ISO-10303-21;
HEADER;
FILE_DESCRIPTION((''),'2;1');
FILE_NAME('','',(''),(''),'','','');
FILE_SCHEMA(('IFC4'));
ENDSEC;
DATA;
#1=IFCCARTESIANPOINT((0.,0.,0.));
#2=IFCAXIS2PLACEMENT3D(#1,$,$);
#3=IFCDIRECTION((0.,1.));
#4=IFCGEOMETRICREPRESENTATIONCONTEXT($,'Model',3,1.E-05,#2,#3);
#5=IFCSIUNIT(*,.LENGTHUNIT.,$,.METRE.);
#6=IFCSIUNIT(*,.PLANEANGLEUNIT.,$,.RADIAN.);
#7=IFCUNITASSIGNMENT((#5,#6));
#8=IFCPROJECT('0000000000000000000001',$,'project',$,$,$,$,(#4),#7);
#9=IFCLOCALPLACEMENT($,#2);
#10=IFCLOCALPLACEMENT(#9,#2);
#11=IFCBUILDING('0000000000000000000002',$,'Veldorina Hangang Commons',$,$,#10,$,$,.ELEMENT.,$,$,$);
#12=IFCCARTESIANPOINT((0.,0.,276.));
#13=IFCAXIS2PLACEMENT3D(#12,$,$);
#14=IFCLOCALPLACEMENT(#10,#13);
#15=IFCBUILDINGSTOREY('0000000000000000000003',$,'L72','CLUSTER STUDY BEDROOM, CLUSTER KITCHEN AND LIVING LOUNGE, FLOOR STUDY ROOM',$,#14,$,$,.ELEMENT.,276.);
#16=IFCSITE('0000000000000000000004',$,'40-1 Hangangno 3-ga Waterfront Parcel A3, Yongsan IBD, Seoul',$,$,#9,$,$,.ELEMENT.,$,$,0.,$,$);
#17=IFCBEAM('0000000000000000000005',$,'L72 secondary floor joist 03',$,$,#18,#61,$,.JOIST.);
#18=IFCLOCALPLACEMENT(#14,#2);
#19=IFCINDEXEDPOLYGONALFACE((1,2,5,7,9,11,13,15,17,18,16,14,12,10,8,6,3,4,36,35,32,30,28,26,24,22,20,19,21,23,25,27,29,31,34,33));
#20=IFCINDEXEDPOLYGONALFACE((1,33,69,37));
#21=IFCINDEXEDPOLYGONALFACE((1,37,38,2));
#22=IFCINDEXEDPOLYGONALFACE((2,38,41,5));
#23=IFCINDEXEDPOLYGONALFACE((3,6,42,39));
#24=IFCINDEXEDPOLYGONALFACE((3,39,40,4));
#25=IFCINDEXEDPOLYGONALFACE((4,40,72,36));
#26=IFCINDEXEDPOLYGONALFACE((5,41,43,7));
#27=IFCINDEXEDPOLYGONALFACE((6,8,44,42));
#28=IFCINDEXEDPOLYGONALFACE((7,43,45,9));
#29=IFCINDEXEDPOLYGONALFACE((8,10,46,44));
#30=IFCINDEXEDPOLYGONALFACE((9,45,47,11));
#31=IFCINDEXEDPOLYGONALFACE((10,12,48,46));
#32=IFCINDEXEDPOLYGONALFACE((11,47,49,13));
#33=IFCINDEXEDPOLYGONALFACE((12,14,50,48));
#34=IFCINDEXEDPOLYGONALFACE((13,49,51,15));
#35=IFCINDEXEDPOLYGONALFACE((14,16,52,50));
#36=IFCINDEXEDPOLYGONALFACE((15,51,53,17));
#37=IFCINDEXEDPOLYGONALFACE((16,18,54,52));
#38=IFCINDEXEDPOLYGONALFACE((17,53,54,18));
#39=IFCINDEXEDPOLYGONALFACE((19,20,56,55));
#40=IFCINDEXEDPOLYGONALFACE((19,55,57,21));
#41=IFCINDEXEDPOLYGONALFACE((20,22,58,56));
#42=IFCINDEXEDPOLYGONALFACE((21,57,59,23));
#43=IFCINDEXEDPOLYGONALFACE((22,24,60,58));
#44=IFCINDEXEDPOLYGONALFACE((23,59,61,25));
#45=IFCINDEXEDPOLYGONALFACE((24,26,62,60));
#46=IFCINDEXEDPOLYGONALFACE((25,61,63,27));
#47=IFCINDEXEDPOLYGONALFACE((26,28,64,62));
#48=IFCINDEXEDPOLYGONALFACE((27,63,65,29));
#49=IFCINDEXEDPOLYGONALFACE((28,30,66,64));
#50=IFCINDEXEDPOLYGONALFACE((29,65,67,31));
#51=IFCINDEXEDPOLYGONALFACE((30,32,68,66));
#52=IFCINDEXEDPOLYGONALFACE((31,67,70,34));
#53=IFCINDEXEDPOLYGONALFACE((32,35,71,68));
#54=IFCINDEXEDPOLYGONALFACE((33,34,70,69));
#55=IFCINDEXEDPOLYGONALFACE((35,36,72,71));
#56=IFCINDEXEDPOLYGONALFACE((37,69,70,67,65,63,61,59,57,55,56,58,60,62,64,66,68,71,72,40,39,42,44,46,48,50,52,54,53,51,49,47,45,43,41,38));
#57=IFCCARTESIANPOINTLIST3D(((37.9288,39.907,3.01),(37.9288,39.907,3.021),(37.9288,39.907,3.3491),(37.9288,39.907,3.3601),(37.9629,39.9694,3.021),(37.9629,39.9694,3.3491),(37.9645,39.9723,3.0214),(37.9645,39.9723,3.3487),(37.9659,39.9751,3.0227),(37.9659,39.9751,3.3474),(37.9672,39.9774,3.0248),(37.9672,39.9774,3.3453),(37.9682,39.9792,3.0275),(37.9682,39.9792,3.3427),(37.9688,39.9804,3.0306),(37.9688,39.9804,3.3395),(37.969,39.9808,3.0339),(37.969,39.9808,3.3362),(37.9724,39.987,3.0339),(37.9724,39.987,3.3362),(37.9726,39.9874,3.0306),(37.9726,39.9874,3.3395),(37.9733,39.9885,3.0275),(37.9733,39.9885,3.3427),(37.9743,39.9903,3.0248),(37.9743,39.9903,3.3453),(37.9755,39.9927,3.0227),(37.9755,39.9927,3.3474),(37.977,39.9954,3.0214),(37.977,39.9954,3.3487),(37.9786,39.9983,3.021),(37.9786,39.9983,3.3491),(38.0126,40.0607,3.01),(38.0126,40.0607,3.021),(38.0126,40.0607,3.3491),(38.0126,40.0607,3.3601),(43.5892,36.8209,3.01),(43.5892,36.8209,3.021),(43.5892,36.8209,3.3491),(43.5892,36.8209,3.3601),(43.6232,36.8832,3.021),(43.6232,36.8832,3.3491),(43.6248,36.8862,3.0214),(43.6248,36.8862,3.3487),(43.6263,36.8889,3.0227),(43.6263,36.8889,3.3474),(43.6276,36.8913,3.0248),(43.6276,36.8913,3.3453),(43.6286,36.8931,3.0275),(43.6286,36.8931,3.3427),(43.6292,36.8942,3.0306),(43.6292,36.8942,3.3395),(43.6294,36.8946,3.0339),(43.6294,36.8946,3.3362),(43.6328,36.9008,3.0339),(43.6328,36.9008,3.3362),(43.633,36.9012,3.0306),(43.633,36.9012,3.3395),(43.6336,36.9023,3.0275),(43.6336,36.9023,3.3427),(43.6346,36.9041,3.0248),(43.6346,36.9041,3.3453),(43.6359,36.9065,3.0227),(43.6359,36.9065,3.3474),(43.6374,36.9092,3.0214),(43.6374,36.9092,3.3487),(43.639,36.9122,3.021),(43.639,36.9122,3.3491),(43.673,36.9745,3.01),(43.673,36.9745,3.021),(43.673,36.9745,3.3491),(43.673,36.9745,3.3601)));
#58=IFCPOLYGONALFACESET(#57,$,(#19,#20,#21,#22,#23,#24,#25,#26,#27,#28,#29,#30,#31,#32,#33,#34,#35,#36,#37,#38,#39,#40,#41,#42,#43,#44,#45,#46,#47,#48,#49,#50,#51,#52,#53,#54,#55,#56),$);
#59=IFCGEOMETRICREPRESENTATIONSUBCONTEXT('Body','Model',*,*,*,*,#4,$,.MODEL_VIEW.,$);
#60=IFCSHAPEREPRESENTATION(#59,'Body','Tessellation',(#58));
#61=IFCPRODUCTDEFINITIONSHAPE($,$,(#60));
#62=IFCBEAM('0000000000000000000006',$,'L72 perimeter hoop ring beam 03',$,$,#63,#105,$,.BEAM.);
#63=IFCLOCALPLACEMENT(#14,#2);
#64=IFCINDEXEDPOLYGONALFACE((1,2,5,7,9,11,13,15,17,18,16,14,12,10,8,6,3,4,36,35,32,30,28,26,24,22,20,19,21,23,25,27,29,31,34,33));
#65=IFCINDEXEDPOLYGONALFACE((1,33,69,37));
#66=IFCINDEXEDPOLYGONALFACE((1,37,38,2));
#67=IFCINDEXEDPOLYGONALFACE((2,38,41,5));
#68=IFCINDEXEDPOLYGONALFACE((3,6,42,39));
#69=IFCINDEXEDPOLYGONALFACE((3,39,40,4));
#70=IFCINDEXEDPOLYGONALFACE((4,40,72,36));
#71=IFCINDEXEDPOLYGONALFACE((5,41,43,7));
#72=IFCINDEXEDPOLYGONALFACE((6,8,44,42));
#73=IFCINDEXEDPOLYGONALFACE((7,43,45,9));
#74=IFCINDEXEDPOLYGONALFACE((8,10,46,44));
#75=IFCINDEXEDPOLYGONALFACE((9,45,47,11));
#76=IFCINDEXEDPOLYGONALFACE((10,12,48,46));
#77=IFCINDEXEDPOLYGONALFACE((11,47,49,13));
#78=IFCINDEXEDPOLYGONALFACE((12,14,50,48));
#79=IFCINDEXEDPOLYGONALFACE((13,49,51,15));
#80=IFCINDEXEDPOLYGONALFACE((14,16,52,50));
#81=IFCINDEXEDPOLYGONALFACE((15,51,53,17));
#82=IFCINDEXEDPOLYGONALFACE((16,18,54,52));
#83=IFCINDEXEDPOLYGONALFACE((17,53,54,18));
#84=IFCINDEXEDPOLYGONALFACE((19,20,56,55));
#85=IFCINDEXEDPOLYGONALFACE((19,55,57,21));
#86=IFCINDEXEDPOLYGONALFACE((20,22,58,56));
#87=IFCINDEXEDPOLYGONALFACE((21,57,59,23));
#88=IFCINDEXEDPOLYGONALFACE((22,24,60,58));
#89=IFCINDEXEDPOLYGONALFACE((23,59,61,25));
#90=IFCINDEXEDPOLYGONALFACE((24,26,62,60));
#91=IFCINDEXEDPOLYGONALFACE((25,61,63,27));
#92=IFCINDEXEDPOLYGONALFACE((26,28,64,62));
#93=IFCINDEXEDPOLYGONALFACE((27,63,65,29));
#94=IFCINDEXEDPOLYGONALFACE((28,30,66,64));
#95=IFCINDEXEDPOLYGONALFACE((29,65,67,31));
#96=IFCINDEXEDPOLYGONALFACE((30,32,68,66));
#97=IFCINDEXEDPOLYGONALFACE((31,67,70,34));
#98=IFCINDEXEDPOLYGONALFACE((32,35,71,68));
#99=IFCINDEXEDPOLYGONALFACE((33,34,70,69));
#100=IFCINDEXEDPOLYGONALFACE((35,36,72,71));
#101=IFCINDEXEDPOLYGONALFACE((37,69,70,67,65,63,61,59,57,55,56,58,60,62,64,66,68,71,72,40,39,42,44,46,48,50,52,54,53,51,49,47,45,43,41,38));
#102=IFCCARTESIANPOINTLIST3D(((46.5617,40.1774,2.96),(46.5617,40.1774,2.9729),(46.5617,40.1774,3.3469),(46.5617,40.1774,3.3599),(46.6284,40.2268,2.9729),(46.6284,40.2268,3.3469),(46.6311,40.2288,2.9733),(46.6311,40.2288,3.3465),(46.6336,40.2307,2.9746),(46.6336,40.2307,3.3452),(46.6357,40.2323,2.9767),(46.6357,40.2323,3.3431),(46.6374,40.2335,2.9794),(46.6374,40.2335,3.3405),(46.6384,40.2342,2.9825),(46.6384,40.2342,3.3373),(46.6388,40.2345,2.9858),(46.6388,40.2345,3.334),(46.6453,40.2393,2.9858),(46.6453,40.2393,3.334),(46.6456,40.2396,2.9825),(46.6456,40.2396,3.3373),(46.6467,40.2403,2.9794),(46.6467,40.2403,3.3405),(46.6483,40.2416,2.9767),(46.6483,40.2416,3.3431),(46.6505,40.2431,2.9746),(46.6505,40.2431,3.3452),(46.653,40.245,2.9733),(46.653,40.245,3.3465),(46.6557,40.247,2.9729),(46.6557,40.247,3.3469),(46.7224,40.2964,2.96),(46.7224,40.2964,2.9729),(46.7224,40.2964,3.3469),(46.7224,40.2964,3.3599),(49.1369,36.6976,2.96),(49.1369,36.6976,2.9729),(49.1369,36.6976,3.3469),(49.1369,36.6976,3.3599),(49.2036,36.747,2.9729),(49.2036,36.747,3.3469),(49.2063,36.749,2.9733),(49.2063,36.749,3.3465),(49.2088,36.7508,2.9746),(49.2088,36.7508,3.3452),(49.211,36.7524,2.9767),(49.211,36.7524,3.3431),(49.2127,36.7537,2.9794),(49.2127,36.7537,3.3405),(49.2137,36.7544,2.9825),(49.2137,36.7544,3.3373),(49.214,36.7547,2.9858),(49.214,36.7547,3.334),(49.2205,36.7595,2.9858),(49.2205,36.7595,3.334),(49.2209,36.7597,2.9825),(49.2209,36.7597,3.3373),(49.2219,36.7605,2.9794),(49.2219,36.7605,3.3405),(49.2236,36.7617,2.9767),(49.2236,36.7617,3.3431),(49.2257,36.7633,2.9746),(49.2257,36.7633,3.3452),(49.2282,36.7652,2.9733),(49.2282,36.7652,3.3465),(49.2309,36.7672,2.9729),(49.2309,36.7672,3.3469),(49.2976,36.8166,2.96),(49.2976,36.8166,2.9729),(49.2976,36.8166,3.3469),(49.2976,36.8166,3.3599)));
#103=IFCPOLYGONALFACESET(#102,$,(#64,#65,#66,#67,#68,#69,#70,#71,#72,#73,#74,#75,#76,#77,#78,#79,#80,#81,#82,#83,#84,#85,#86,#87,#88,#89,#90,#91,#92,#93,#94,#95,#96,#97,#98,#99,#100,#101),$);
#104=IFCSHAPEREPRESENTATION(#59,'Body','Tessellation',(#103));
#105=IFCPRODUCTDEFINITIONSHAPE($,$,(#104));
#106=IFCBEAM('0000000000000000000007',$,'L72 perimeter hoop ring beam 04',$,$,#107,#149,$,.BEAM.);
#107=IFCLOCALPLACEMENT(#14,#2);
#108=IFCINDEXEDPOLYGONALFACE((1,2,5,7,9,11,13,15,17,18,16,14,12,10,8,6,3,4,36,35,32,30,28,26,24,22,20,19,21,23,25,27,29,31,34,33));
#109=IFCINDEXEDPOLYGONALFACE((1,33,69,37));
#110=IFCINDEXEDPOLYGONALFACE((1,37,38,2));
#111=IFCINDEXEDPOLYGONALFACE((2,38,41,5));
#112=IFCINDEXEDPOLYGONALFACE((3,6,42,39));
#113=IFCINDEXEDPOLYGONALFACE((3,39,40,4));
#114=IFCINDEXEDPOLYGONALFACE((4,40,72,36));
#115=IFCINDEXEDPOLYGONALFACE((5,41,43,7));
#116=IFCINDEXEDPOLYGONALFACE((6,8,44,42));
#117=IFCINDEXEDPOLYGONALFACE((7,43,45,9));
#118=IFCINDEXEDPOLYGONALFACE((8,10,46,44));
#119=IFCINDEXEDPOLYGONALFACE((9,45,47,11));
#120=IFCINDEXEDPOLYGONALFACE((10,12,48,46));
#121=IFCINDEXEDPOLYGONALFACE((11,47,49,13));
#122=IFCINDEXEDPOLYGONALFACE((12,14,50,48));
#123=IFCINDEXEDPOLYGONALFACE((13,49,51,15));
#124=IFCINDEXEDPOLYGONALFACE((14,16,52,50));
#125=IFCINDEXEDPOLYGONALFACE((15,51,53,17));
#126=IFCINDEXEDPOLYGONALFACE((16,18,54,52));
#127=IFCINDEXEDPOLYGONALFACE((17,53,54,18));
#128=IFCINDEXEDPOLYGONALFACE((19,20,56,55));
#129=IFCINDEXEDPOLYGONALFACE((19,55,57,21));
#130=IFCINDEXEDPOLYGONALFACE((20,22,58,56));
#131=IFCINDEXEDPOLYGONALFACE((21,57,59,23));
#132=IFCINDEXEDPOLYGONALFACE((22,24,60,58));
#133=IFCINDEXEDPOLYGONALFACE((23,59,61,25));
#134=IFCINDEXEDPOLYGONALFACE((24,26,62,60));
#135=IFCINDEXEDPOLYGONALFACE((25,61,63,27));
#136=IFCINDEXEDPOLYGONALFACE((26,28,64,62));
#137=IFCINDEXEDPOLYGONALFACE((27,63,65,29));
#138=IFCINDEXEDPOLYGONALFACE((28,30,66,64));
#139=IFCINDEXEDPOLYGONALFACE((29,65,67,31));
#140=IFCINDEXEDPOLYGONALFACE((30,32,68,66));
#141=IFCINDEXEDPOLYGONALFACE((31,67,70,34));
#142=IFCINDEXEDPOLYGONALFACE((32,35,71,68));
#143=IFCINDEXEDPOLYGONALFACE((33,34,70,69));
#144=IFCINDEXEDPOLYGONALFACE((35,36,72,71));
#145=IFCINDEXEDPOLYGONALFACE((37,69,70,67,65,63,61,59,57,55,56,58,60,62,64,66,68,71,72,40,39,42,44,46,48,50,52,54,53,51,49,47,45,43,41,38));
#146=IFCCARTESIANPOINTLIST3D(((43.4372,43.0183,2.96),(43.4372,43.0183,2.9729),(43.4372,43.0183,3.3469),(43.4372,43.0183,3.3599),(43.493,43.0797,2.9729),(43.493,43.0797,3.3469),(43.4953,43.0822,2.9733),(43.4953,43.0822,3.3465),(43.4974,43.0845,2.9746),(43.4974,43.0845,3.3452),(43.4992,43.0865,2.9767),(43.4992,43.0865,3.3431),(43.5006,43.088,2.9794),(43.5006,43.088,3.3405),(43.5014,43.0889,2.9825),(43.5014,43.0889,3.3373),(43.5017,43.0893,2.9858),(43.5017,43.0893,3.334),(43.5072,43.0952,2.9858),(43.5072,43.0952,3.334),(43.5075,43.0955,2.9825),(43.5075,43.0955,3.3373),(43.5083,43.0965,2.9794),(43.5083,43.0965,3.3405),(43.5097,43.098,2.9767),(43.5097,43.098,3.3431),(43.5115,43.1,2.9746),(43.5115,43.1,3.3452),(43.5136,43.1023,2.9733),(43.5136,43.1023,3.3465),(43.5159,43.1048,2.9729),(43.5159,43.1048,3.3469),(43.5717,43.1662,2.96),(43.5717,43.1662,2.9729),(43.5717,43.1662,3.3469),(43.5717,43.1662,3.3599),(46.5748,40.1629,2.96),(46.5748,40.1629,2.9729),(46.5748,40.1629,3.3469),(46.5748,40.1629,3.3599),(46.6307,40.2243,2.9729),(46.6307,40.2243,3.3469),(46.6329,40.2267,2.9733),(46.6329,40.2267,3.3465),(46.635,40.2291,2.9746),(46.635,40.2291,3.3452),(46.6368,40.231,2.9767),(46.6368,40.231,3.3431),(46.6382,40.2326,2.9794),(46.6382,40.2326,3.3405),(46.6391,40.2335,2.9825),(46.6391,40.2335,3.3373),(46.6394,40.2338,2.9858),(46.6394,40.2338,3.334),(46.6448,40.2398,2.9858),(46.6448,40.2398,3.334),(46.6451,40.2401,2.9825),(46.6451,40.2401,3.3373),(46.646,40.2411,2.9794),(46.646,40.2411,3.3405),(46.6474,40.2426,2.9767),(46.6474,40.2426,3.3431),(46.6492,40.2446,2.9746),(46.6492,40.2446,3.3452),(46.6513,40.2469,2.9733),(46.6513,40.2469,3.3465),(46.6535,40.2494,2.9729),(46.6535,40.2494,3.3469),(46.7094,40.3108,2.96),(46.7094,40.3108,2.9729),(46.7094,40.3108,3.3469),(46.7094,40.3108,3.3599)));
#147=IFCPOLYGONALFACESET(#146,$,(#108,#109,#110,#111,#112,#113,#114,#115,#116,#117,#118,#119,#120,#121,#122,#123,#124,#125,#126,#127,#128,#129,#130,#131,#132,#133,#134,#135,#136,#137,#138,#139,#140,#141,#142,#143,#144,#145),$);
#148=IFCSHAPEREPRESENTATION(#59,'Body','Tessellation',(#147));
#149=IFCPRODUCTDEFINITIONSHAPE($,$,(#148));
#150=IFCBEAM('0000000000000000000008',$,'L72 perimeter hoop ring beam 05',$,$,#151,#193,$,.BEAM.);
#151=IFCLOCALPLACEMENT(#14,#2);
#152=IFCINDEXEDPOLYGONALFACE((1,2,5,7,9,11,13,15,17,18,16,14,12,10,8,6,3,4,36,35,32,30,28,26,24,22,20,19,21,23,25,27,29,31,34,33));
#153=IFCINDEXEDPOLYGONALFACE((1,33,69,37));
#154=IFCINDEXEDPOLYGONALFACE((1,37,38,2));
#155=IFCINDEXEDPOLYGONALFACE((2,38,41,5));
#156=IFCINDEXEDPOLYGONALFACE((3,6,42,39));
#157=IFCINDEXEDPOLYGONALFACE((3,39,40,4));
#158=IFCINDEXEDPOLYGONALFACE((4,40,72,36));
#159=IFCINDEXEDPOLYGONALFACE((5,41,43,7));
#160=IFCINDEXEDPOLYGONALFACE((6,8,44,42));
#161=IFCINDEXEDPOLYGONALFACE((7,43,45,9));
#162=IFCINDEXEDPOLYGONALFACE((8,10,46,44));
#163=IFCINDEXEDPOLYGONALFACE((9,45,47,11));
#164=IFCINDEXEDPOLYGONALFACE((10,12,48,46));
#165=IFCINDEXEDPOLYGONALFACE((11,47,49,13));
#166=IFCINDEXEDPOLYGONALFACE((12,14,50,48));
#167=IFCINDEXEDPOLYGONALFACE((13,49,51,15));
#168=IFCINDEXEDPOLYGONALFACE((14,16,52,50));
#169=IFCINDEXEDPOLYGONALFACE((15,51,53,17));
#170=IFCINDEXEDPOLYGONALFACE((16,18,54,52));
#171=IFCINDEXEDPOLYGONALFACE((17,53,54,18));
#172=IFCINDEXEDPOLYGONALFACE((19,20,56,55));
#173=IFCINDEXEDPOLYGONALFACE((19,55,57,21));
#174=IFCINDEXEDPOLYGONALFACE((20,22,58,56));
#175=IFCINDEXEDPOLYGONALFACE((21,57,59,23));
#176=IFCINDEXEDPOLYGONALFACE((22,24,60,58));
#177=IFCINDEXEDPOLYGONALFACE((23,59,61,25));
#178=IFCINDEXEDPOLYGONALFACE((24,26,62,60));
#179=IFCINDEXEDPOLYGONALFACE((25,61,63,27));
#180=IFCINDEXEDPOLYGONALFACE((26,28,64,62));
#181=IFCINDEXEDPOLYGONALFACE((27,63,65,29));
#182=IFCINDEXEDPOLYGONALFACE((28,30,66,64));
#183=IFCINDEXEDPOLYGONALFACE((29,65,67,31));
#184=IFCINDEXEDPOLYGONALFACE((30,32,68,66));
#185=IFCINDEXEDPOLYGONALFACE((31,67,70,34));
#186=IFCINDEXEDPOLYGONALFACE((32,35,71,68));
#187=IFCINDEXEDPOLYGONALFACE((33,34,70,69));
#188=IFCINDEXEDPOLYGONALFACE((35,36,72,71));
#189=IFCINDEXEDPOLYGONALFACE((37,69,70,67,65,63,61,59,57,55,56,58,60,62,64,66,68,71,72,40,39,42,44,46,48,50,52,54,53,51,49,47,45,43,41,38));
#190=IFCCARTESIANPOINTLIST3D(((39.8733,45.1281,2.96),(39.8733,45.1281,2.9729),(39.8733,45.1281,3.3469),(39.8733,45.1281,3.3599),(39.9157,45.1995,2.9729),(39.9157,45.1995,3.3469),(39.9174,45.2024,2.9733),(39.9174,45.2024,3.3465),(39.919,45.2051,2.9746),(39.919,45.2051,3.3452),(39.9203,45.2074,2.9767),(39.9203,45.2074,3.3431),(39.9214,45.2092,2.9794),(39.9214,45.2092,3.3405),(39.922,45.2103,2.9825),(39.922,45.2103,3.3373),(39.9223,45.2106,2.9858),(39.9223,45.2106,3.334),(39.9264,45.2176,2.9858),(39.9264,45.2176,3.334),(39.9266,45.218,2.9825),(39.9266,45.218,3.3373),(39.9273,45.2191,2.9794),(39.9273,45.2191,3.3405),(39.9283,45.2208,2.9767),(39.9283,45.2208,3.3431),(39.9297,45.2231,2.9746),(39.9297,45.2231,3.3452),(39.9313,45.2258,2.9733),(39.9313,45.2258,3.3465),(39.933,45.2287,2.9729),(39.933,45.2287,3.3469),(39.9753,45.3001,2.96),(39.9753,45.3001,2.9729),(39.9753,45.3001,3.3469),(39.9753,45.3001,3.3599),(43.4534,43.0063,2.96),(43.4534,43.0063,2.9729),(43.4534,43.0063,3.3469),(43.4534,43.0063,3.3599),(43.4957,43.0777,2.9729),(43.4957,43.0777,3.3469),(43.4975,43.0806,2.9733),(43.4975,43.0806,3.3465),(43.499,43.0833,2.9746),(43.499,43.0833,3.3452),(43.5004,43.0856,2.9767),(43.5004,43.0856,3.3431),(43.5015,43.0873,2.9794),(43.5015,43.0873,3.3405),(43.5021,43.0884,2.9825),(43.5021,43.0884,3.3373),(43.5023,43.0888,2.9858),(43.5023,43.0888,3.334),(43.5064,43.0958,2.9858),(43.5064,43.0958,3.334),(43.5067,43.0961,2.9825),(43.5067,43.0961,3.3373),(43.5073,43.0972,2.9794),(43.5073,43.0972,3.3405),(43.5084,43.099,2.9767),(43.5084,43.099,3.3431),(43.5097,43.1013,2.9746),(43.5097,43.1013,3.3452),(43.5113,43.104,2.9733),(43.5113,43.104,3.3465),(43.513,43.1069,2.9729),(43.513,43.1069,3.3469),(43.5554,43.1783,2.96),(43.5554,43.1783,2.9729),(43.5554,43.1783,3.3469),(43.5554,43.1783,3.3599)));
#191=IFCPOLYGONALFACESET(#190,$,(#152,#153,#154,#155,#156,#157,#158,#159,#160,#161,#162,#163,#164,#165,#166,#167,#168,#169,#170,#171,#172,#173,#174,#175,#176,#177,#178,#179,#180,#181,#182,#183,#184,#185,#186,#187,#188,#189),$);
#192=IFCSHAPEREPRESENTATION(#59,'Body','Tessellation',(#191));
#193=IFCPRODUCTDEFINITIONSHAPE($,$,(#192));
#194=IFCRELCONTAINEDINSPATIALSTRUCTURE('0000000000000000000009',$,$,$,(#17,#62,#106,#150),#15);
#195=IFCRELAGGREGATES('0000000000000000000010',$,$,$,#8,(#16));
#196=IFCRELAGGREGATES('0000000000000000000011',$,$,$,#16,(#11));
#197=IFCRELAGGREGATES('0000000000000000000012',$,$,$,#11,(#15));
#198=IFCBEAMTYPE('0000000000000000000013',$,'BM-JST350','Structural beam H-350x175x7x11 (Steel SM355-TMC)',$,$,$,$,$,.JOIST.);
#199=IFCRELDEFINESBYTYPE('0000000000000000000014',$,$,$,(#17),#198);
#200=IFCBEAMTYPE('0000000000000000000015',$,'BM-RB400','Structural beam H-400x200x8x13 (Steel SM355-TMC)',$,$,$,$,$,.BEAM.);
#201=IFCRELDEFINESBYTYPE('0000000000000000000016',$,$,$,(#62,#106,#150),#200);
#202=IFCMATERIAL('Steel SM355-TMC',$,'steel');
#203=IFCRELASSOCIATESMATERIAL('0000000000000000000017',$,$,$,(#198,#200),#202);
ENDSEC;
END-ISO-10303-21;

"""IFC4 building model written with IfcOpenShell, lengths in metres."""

from ifc_helpers import new_model, si_unit, direction, frame, origin, origin_2d, place, context, subcontext, project, spatial, i_section, extrude, material, material_profile, profile_set, type_object, element, save


model = new_model("IFC4")

# Units and contexts
model_context = context("Model", 3, precision=1e-05, world=origin(), true_north=direction((0.0, 1.0)))
body_context = subcontext(model_context, "Body", "Model", "MODEL_VIEW")
ifc_project = project(units=[si_unit("LENGTHUNIT", "METRE"), si_unit("PLANEANGLEUNIT", "RADIAN")], contexts=[model_context])

# Site, building, storey
site_placement = place(None, origin())
site = spatial("IfcSite", under=ifc_project, at=site_placement, Name="40-1 Hangangno 3-ga Waterfront Parcel A3, Yongsan IBD, Seoul", CompositionType="ELEMENT", RefElevation=0.0)
building_placement = place(site_placement, origin())
building = spatial("IfcBuilding", under=site, at=building_placement, Name="Veldorina Hangang Commons", CompositionType="ELEMENT")
storey_placement = place(building_placement, frame((0.0, 0.0, 276.0)))
storey = spatial("IfcBuildingStorey", under=building, at=storey_placement, Name="L72", Description="CLUSTER STUDY BEDROOM, CLUSTER KITCHEN AND LIVING LOUNGE, FLOOR STUDY ROOM", CompositionType="ELEMENT", Elevation=276.0)

# Beams
ifc_material_1 = material(Name="Steel SM355-TMC", Category="steel")
ifc_material_profile_1 = material_profile(ifc_material_1, i_section(OverallWidth=0.175, OverallDepth=0.3501, WebThickness=0.0071, FlangeThickness=0.011, FilletRadius=0.0129, at=origin_2d()), Name="H-350x175x7x11")
ifc_profile_set_1 = profile_set([ifc_material_profile_1], Name="Steel SM355-TMC")
beam_type_1 = type_object("IfcBeamType", Name="BM-JST350", Description="Structural beam H-350x175x7x11 (Steel SM355-TMC)", PredefinedType="JOIST", material=ifc_profile_set_1)
beam_1_placement = place(storey_placement, frame((43.6311, 36.8977, 3.1851), z_axis=(-0.877981, 0.478696, 0.0), x_axis=(-0.478696, -0.877981, 0.0)))
element("IfcBeam", 1, at=beam_1_placement, inside=storey, type_object=beam_type_1, Name="L72 secondary floor joist 03", PredefinedType="JOIST", context=body_context, shape_type="SweptSolid", body=[
    extrude(i_section(OverallWidth=0.175, OverallDepth=0.3501, WebThickness=0.0071, FlangeThickness=0.011, FilletRadius=0.0129, at=origin_2d()), origin(), (0.0, 0.0, 1.0), 6.447),
])
ifc_material_profile_2 = material_profile(ifc_material_1, i_section(OverallWidth=0.2, OverallDepth=0.3999, WebThickness=0.0081, FlangeThickness=0.0129, FilletRadius=0.0129, at=origin_2d()), Name="H-400x200x8x13")
ifc_profile_set_2 = profile_set([ifc_material_profile_2], Name="Steel SM355-TMC")
beam_type_2 = type_object("IfcBeamType", Name="BM-RB400", Description="Structural beam H-400x200x8x13 (Steel SM355-TMC)", PredefinedType="BEAM", material=ifc_profile_set_2)
beam_2_placement = place(storey_placement, frame((49.2173, 36.7571, 3.1599), z_axis=(-0.594871, 0.803821, 0.0), x_axis=(-0.803821, -0.594871, 0.0)))
element("IfcBeam", 2, at=beam_2_placement, inside=storey, type_object=beam_type_2, Name="L72 perimeter hoop ring beam 03", PredefinedType="BEAM", context=body_context, shape_type="SweptSolid", body=[
    extrude(i_section(OverallWidth=0.2, OverallDepth=0.3999, WebThickness=0.0081, FlangeThickness=0.0129, FilletRadius=0.0129, at=origin_2d()), origin(), (0.0, 0.0, 1.0), 4.3291),
])
beam_3_placement = place(storey_placement, frame((46.6421, 40.2368, 3.1599), z_axis=(-0.739586, 0.673062, 0.0), x_axis=(-0.673062, -0.739586, 0.0)))
element("IfcBeam", 3, at=beam_3_placement, inside=storey, type_object=beam_type_2, Name="L72 perimeter hoop ring beam 04", PredefinedType="BEAM", context=body_context, shape_type="SweptSolid", body=[
    extrude(i_section(OverallWidth=0.2, OverallDepth=0.3999, WebThickness=0.0081, FlangeThickness=0.0129, FilletRadius=0.0129, at=origin_2d()), origin(), (0.0, 0.0, 1.0), 4.2424),
])
beam_4_placement = place(storey_placement, frame((43.5044, 43.0923, 3.1599), z_axis=(-0.86026, 0.509855, 0.0), x_axis=(-0.509855, -0.86026, 0.0)))
element("IfcBeam", 4, at=beam_4_placement, inside=storey, type_object=beam_type_2, Name="L72 perimeter hoop ring beam 05", PredefinedType="BEAM", context=body_context, shape_type="SweptSolid", body=[
    extrude(i_section(OverallWidth=0.2, OverallDepth=0.3999, WebThickness=0.0081, FlangeThickness=0.0129, FilletRadius=0.0129, at=origin_2d()), origin(), (0.0, 0.0, 1.0), 4.1616),
])

save(model, "model.ifc")
